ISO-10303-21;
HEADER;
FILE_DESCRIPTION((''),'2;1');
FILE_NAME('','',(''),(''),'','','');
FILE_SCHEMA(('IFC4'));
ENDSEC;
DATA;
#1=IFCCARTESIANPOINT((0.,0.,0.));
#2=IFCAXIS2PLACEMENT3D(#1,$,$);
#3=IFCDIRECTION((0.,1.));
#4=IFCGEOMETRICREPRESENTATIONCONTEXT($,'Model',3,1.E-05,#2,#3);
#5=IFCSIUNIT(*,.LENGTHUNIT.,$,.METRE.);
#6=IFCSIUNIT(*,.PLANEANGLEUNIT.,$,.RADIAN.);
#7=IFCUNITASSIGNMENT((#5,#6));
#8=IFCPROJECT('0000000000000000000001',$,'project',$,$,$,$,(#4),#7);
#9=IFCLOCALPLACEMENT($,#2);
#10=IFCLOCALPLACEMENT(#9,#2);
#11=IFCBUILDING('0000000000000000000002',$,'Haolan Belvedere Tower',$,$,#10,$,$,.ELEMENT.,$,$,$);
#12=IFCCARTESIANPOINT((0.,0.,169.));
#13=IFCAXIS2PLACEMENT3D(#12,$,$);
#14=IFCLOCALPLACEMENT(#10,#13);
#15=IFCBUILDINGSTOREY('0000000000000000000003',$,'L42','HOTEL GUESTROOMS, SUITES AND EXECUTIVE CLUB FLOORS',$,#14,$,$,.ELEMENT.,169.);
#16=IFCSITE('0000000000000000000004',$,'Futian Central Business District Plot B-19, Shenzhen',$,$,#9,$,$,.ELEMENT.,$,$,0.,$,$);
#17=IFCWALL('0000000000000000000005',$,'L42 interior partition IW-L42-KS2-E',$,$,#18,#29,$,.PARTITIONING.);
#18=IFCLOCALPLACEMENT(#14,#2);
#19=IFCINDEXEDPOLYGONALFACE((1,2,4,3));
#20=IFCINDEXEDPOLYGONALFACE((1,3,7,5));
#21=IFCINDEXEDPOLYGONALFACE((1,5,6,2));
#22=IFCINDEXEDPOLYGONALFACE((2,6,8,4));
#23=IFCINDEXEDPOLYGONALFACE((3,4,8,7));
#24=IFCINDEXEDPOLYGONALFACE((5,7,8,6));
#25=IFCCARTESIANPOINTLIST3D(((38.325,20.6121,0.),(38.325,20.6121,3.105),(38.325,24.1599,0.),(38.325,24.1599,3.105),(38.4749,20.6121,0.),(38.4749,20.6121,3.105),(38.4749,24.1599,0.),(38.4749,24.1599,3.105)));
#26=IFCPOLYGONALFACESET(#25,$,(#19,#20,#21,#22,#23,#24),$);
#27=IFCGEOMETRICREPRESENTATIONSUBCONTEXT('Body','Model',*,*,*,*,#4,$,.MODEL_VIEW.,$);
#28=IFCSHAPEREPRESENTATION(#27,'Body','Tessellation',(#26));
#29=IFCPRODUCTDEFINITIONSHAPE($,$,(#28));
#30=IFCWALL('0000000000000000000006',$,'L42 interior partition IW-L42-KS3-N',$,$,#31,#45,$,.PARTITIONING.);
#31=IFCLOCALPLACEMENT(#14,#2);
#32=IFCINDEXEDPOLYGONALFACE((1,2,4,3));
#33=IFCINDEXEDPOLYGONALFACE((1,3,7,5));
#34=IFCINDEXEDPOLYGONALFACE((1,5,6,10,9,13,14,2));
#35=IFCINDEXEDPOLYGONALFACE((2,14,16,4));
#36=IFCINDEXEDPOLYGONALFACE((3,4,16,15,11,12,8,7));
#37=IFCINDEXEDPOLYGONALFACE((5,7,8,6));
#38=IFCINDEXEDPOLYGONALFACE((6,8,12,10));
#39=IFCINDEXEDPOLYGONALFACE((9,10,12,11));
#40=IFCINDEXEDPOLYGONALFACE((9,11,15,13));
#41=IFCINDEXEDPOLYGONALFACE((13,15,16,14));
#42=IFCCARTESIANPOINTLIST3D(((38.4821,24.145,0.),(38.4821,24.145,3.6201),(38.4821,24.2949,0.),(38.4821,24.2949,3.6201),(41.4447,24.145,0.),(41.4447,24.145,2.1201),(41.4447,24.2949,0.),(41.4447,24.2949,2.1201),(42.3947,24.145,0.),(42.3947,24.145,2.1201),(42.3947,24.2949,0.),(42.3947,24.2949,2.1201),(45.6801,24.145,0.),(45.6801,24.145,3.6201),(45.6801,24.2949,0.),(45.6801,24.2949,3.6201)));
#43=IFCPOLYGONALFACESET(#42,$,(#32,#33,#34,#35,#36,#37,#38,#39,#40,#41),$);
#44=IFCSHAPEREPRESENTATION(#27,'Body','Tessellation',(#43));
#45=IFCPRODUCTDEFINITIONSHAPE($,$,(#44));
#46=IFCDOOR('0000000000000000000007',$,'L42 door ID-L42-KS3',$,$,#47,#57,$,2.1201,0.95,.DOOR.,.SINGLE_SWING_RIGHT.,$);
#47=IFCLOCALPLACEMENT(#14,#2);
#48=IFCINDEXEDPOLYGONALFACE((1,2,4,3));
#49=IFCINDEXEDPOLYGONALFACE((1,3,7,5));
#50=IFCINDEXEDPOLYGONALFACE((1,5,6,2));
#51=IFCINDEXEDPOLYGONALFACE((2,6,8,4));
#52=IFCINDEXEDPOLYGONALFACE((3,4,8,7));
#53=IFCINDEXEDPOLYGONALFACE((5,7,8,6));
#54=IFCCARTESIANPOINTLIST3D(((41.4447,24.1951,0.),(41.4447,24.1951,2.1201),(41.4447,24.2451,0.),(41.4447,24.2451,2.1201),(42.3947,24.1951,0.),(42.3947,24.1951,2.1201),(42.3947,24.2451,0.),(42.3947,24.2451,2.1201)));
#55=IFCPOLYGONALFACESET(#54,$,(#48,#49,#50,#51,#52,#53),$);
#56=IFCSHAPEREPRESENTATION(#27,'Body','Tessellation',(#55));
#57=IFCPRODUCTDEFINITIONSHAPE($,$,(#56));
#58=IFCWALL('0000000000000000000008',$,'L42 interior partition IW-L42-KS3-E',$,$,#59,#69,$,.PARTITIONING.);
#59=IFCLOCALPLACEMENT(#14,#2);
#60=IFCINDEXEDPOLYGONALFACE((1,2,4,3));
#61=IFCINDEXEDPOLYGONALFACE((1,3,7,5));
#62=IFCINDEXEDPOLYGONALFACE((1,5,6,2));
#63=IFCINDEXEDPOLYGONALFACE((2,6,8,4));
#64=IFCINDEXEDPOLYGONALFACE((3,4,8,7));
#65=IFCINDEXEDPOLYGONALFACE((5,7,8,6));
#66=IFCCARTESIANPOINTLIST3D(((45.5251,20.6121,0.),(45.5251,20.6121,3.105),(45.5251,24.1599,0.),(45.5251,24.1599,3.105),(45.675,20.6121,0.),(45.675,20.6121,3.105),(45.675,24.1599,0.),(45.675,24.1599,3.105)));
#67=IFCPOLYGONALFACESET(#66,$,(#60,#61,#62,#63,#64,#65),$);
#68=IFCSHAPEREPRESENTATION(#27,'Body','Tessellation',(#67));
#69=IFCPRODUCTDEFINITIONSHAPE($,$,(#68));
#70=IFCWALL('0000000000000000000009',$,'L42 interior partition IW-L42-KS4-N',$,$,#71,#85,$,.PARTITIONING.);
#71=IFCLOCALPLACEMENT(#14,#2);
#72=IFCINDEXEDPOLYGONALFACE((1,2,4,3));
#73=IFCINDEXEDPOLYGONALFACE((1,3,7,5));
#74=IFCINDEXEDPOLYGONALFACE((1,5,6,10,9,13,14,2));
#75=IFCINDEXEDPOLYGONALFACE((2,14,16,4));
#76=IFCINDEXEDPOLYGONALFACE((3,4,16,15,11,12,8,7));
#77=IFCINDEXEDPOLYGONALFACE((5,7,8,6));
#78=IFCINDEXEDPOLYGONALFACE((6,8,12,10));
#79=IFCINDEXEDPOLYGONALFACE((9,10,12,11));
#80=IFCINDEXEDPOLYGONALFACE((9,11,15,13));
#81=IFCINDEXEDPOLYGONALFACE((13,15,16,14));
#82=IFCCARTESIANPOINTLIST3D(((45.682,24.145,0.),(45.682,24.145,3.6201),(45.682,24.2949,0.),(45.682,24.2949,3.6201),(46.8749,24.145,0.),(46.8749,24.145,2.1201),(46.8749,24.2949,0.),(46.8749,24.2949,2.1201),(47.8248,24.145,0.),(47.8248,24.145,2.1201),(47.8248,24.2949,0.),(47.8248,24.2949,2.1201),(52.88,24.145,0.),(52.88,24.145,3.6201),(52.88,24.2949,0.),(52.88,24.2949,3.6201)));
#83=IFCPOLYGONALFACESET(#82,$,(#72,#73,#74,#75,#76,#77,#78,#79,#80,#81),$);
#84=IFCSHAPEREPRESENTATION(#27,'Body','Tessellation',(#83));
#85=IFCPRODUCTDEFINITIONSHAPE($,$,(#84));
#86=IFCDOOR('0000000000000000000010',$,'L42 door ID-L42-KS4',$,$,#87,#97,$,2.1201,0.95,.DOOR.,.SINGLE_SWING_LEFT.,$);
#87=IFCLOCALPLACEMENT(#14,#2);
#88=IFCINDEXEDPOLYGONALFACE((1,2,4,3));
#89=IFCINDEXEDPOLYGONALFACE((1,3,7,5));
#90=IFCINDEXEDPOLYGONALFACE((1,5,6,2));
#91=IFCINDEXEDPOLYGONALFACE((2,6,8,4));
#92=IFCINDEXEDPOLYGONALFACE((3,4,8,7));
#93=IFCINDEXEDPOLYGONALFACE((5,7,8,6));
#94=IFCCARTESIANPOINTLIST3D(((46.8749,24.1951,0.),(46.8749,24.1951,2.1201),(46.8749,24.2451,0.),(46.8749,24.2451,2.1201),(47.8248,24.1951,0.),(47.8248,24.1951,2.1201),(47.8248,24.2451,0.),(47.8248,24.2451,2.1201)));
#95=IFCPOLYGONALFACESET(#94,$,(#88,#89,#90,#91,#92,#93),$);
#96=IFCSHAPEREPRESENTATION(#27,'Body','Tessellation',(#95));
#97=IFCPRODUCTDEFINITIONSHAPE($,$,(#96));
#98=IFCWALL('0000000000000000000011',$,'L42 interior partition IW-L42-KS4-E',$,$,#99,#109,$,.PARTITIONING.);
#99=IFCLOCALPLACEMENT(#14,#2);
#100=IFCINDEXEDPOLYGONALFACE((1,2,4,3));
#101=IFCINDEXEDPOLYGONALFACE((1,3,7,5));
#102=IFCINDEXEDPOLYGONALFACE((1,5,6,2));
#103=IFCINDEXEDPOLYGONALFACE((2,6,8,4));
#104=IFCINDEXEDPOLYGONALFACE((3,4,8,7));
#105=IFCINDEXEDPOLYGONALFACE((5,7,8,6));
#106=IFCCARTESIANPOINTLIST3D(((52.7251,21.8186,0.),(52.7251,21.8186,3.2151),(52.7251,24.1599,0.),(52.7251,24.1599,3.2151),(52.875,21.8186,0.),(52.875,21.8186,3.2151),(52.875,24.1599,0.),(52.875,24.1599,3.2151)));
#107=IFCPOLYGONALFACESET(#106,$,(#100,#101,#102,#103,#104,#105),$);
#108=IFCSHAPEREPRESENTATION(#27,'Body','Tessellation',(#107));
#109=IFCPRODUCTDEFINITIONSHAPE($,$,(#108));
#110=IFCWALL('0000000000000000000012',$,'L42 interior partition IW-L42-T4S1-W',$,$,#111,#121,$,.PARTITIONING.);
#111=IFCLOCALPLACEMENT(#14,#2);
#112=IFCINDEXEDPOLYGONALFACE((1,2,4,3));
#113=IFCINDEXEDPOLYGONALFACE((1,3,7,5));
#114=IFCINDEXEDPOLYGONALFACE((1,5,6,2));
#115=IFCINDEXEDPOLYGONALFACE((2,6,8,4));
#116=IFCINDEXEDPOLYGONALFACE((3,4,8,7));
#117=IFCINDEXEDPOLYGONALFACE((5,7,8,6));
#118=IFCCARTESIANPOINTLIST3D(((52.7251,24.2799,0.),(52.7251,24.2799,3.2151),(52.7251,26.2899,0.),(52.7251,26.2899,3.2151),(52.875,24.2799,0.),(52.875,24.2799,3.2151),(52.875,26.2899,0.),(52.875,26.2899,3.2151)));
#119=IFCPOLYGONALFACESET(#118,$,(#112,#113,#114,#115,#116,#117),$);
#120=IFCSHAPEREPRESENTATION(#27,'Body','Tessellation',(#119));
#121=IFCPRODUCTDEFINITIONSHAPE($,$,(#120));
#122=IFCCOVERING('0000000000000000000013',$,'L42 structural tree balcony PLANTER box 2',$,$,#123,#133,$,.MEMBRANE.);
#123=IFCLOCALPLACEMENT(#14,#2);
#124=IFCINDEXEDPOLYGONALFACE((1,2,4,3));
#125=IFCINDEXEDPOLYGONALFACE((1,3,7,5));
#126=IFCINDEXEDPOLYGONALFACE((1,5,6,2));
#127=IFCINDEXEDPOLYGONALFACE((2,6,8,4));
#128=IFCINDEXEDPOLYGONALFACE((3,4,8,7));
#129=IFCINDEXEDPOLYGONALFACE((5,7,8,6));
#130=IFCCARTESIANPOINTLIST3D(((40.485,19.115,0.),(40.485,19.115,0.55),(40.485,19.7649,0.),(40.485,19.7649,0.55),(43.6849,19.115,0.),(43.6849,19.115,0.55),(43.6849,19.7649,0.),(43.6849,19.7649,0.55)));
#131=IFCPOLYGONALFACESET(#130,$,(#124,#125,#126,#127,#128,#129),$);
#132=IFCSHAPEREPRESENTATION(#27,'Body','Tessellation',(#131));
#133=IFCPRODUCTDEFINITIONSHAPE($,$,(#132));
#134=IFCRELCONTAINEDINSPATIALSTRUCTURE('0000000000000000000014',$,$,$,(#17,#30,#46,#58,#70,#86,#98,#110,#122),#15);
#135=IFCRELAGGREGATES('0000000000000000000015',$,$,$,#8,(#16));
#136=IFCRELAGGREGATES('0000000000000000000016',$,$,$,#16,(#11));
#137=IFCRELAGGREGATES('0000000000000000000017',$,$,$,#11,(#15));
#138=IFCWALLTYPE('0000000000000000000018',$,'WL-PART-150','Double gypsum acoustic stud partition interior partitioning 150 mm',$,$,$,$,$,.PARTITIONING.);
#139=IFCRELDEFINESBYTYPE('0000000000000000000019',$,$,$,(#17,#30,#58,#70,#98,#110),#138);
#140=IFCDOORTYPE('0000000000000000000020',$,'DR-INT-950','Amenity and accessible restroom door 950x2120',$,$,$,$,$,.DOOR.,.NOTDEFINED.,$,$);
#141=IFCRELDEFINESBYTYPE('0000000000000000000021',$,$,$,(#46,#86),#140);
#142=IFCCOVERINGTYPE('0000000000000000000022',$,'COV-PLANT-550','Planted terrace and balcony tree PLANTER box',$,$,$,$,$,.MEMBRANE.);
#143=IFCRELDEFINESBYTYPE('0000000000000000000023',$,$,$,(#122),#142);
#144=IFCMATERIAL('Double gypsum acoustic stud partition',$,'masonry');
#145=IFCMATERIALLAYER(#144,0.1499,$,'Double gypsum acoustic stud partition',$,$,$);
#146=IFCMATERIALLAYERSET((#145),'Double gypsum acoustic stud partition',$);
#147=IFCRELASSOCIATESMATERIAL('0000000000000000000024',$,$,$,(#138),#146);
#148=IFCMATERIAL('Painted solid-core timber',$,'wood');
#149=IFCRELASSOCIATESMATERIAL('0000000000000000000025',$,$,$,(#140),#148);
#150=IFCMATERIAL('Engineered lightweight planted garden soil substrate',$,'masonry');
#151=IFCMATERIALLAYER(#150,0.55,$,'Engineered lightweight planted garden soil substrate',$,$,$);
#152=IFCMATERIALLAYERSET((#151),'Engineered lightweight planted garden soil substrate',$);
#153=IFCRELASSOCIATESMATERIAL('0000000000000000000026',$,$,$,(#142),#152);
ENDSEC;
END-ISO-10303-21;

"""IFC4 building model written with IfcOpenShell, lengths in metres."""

from ifc_helpers import new_model, si_unit, direction, frame, frame_2d, origin, origin_2d, place, context, subcontext, project, spatial, rectangle, extrude, material, layer, layer_set, type_object, element, fill, save


model = new_model("IFC4")

# Units and contexts
model_context = context("Model", 3, precision=1e-05, world=origin(), true_north=direction((0.0, 1.0)))
body_context = subcontext(model_context, "Body", "Model", "MODEL_VIEW")
ifc_project = project(units=[si_unit("LENGTHUNIT", "METRE"), si_unit("PLANEANGLEUNIT", "RADIAN")], contexts=[model_context])

# Site, building, storey
site_placement = place(None, origin())
site = spatial("IfcSite", under=ifc_project, at=site_placement, Name="Futian Central Business District Plot B-19, Shenzhen", CompositionType="ELEMENT", RefElevation=0.0)
building_placement = place(site_placement, origin())
building = spatial("IfcBuilding", under=site, at=building_placement, Name="Haolan Belvedere Tower", CompositionType="ELEMENT")
storey_placement = place(building_placement, frame((0.0, 0.0, 169.0)))
storey = spatial("IfcBuildingStorey", under=building, at=storey_placement, Name="L42", Description="HOTEL GUESTROOMS, SUITES AND EXECUTIVE CLUB FLOORS", CompositionType="ELEMENT", Elevation=169.0)

# Wall
ifc_material_1 = material(Name="Double gypsum acoustic stud partition", Category="masonry")
ifc_layer_1 = layer(ifc_material_1, 0.1499, Name="Double gypsum acoustic stud partition")
ifc_layer_set_1 = layer_set([ifc_layer_1], Name="Double gypsum acoustic stud partition")
wall_type_1 = type_object("IfcWallType", Name="WL-PART-150", Description="Double gypsum acoustic stud partition interior partitioning 150 mm", PredefinedType="PARTITIONING", material=ifc_layer_set_1)
wall_1_placement = place(storey_placement, frame((38.3999, 20.6121, 0.0), z_axis=(0.0, 0.0, 1.0), x_axis=(0.0, 1.0, 0.0)))
element("IfcWall", 1, at=wall_1_placement, inside=storey, type_object=wall_type_1, Name="L42 interior partition IW-L42-KS2-E", PredefinedType="PARTITIONING", context=body_context, shape_type="SweptSolid", body=[
    extrude(rectangle(XDim=3.5479, YDim=0.1499, at=frame_2d((1.7739, 0.0))), origin(), (0.0, 0.0, 1.0), 3.105),
])

# Wall, opening, door
wall_2_placement = place(storey_placement, frame((38.4819, 24.22, 0.0), z_axis=(0.0, 0.0, 1.0), x_axis=(1.0, 0.0, 0.0)))
wall_2 = element("IfcWall", 2, at=wall_2_placement, inside=storey, type_object=wall_type_1, Name="L42 interior partition IW-L42-KS3-N", PredefinedType="PARTITIONING", context=body_context, shape_type="SweptSolid", body=[
    extrude(rectangle(XDim=7.198, YDim=0.1499, at=frame_2d((3.5991, 0.0))), origin(), (0.0, 0.0, 1.0), 3.6201),
])
opening_1_placement = place(wall_2_placement, frame((3.9128, 0.0, 0.0), z_axis=(0.0, 0.0, 1.0), x_axis=(-1.0, 0.0, 0.0)))
opening_1 = element("IfcOpeningElement", 3, at=opening_1_placement, cuts=wall_2, PredefinedType="OPENING", context=body_context, shape_type="SweptSolid", body=[
    extrude(rectangle(XDim=0.95, YDim=2.1201, at=frame_2d((0.4751, 1.0601))), frame((0.0, 0.085, 0.0), z_axis=(0.0, -1.0, 0.0), x_axis=(1.0, 0.0, 0.0)), (0.0, 0.0, 1.0), 0.1699),
])
ifc_material_2 = material(Name="Painted solid-core timber", Category="wood")
door_type = type_object("IfcDoorType", Name="DR-INT-950", Description="Amenity and accessible restroom door 950x2120", OperationType="NOTDEFINED", PredefinedType="DOOR", material=ifc_material_2)
door_1_placement = place(opening_1_placement, origin())
door_1 = element("IfcDoor", 4, at=door_1_placement, inside=storey, type_object=door_type, Name="L42 door ID-L42-KS3", OperationType="SINGLE_SWING_RIGHT", OverallHeight=2.1201, OverallWidth=0.95, PredefinedType="DOOR", context=body_context, shape_type="SweptSolid", body=[
    extrude(rectangle(XDim=0.95, YDim=2.1201, at=frame_2d((0.4751, 1.0601))), frame((0.0, 0.0249, 0.0), z_axis=(0.0, -1.0, 0.0), x_axis=(1.0, 0.0, 0.0)), (0.0, 0.0, 1.0), 0.05),
])
fill(opening_1, door_1)

# Wall
wall_3_placement = place(storey_placement, frame((45.6001, 20.6121, 0.0), z_axis=(0.0, 0.0, 1.0), x_axis=(0.0, 1.0, 0.0)))
element("IfcWall", 5, at=wall_3_placement, inside=storey, type_object=wall_type_1, Name="L42 interior partition IW-L42-KS3-E", PredefinedType="PARTITIONING", context=body_context, shape_type="SweptSolid", body=[
    extrude(rectangle(XDim=3.5479, YDim=0.1499, at=frame_2d((1.7739, 0.0))), origin(), (0.0, 0.0, 1.0), 3.105),
])

# Wall, opening, door
wall_4_placement = place(storey_placement, frame((45.6819, 24.22, 0.0), z_axis=(0.0, 0.0, 1.0), x_axis=(1.0, 0.0, 0.0)))
wall_4 = element("IfcWall", 6, at=wall_4_placement, inside=storey, type_object=wall_type_1, Name="L42 interior partition IW-L42-KS4-N", PredefinedType="PARTITIONING", context=body_context, shape_type="SweptSolid", body=[
    extrude(rectangle(XDim=7.198, YDim=0.1499, at=frame_2d((3.5991, 0.0))), origin(), (0.0, 0.0, 1.0), 3.6201),
])
opening_2_placement = place(wall_4_placement, frame((2.1431, 0.0, 0.0), z_axis=(0.0, 0.0, 1.0), x_axis=(-1.0, 0.0, 0.0)))
opening_2 = element("IfcOpeningElement", 7, at=opening_2_placement, cuts=wall_4, PredefinedType="OPENING", context=body_context, shape_type="SweptSolid", body=[
    extrude(rectangle(XDim=0.95, YDim=2.1201, at=frame_2d((0.4751, 1.0601))), frame((0.0, 0.085, 0.0), z_axis=(0.0, -1.0, 0.0), x_axis=(1.0, 0.0, 0.0)), (0.0, 0.0, 1.0), 0.1699),
])
door_2_placement = place(opening_2_placement, origin())
door_2 = element("IfcDoor", 8, at=door_2_placement, inside=storey, type_object=door_type, Name="L42 door ID-L42-KS4", OperationType="SINGLE_SWING_LEFT", OverallHeight=2.1201, OverallWidth=0.95, PredefinedType="DOOR", context=body_context, shape_type="SweptSolid", body=[
    extrude(rectangle(XDim=0.95, YDim=2.1201, at=frame_2d((0.4751, 1.0601))), frame((0.0, 0.0249, 0.0), z_axis=(0.0, -1.0, 0.0), x_axis=(1.0, 0.0, 0.0)), (0.0, 0.0, 1.0), 0.05),
])
fill(opening_2, door_2)

# Walls
wall_5_placement = place(storey_placement, frame((52.8, 21.8186, 0.0), z_axis=(0.0, 0.0, 1.0), x_axis=(0.0, 1.0, 0.0)))
element("IfcWall", 9, at=wall_5_placement, inside=storey, type_object=wall_type_1, Name="L42 interior partition IW-L42-KS4-E", PredefinedType="PARTITIONING", context=body_context, shape_type="SweptSolid", body=[
    extrude(rectangle(XDim=2.3413, YDim=0.1499, at=frame_2d((1.1707, 0.0))), origin(), (0.0, 0.0, 1.0), 3.2151),
])
wall_6_placement = place(storey_placement, frame((52.8, 24.28, 0.0), z_axis=(0.0, 0.0, 1.0), x_axis=(0.0, 1.0, 0.0)))
element("IfcWall", 10, at=wall_6_placement, inside=storey, type_object=wall_type_1, Name="L42 interior partition IW-L42-T4S1-W", PredefinedType="PARTITIONING", context=body_context, shape_type="SweptSolid", body=[
    extrude(rectangle(XDim=2.01, YDim=0.1499, at=frame_2d((1.0049, 0.0))), origin(), (0.0, 0.0, 1.0), 3.2151),
])

# Covering
ifc_material_3 = material(Name="Engineered lightweight planted garden soil substrate", Category="masonry")
ifc_layer_2 = layer(ifc_material_3, 0.55, Name="Engineered lightweight planted garden soil substrate")
ifc_layer_set_2 = layer_set([ifc_layer_2], Name="Engineered lightweight planted garden soil substrate")
covering_type = type_object("IfcCoveringType", Name="COV-PLANT-550", Description="Planted terrace and balcony tree PLANTER box", PredefinedType="MEMBRANE", material=ifc_layer_set_2)
covering_placement = place(storey_placement, frame((42.085, 19.4399, 0.0), z_axis=(0.0, 0.0, 1.0), x_axis=(1.0, 0.0, 0.0)))
element("IfcCovering", 11, at=covering_placement, inside=storey, type_object=covering_type, Name="L42 structural tree balcony PLANTER box 2", PredefinedType="MEMBRANE", context=body_context, shape_type="SweptSolid", body=[
    extrude(rectangle(XDim=3.2, YDim=0.6499, at=origin_2d()), origin(), (0.0, 0.0, 1.0), 0.55),
])

save(model, "model.ifc")
